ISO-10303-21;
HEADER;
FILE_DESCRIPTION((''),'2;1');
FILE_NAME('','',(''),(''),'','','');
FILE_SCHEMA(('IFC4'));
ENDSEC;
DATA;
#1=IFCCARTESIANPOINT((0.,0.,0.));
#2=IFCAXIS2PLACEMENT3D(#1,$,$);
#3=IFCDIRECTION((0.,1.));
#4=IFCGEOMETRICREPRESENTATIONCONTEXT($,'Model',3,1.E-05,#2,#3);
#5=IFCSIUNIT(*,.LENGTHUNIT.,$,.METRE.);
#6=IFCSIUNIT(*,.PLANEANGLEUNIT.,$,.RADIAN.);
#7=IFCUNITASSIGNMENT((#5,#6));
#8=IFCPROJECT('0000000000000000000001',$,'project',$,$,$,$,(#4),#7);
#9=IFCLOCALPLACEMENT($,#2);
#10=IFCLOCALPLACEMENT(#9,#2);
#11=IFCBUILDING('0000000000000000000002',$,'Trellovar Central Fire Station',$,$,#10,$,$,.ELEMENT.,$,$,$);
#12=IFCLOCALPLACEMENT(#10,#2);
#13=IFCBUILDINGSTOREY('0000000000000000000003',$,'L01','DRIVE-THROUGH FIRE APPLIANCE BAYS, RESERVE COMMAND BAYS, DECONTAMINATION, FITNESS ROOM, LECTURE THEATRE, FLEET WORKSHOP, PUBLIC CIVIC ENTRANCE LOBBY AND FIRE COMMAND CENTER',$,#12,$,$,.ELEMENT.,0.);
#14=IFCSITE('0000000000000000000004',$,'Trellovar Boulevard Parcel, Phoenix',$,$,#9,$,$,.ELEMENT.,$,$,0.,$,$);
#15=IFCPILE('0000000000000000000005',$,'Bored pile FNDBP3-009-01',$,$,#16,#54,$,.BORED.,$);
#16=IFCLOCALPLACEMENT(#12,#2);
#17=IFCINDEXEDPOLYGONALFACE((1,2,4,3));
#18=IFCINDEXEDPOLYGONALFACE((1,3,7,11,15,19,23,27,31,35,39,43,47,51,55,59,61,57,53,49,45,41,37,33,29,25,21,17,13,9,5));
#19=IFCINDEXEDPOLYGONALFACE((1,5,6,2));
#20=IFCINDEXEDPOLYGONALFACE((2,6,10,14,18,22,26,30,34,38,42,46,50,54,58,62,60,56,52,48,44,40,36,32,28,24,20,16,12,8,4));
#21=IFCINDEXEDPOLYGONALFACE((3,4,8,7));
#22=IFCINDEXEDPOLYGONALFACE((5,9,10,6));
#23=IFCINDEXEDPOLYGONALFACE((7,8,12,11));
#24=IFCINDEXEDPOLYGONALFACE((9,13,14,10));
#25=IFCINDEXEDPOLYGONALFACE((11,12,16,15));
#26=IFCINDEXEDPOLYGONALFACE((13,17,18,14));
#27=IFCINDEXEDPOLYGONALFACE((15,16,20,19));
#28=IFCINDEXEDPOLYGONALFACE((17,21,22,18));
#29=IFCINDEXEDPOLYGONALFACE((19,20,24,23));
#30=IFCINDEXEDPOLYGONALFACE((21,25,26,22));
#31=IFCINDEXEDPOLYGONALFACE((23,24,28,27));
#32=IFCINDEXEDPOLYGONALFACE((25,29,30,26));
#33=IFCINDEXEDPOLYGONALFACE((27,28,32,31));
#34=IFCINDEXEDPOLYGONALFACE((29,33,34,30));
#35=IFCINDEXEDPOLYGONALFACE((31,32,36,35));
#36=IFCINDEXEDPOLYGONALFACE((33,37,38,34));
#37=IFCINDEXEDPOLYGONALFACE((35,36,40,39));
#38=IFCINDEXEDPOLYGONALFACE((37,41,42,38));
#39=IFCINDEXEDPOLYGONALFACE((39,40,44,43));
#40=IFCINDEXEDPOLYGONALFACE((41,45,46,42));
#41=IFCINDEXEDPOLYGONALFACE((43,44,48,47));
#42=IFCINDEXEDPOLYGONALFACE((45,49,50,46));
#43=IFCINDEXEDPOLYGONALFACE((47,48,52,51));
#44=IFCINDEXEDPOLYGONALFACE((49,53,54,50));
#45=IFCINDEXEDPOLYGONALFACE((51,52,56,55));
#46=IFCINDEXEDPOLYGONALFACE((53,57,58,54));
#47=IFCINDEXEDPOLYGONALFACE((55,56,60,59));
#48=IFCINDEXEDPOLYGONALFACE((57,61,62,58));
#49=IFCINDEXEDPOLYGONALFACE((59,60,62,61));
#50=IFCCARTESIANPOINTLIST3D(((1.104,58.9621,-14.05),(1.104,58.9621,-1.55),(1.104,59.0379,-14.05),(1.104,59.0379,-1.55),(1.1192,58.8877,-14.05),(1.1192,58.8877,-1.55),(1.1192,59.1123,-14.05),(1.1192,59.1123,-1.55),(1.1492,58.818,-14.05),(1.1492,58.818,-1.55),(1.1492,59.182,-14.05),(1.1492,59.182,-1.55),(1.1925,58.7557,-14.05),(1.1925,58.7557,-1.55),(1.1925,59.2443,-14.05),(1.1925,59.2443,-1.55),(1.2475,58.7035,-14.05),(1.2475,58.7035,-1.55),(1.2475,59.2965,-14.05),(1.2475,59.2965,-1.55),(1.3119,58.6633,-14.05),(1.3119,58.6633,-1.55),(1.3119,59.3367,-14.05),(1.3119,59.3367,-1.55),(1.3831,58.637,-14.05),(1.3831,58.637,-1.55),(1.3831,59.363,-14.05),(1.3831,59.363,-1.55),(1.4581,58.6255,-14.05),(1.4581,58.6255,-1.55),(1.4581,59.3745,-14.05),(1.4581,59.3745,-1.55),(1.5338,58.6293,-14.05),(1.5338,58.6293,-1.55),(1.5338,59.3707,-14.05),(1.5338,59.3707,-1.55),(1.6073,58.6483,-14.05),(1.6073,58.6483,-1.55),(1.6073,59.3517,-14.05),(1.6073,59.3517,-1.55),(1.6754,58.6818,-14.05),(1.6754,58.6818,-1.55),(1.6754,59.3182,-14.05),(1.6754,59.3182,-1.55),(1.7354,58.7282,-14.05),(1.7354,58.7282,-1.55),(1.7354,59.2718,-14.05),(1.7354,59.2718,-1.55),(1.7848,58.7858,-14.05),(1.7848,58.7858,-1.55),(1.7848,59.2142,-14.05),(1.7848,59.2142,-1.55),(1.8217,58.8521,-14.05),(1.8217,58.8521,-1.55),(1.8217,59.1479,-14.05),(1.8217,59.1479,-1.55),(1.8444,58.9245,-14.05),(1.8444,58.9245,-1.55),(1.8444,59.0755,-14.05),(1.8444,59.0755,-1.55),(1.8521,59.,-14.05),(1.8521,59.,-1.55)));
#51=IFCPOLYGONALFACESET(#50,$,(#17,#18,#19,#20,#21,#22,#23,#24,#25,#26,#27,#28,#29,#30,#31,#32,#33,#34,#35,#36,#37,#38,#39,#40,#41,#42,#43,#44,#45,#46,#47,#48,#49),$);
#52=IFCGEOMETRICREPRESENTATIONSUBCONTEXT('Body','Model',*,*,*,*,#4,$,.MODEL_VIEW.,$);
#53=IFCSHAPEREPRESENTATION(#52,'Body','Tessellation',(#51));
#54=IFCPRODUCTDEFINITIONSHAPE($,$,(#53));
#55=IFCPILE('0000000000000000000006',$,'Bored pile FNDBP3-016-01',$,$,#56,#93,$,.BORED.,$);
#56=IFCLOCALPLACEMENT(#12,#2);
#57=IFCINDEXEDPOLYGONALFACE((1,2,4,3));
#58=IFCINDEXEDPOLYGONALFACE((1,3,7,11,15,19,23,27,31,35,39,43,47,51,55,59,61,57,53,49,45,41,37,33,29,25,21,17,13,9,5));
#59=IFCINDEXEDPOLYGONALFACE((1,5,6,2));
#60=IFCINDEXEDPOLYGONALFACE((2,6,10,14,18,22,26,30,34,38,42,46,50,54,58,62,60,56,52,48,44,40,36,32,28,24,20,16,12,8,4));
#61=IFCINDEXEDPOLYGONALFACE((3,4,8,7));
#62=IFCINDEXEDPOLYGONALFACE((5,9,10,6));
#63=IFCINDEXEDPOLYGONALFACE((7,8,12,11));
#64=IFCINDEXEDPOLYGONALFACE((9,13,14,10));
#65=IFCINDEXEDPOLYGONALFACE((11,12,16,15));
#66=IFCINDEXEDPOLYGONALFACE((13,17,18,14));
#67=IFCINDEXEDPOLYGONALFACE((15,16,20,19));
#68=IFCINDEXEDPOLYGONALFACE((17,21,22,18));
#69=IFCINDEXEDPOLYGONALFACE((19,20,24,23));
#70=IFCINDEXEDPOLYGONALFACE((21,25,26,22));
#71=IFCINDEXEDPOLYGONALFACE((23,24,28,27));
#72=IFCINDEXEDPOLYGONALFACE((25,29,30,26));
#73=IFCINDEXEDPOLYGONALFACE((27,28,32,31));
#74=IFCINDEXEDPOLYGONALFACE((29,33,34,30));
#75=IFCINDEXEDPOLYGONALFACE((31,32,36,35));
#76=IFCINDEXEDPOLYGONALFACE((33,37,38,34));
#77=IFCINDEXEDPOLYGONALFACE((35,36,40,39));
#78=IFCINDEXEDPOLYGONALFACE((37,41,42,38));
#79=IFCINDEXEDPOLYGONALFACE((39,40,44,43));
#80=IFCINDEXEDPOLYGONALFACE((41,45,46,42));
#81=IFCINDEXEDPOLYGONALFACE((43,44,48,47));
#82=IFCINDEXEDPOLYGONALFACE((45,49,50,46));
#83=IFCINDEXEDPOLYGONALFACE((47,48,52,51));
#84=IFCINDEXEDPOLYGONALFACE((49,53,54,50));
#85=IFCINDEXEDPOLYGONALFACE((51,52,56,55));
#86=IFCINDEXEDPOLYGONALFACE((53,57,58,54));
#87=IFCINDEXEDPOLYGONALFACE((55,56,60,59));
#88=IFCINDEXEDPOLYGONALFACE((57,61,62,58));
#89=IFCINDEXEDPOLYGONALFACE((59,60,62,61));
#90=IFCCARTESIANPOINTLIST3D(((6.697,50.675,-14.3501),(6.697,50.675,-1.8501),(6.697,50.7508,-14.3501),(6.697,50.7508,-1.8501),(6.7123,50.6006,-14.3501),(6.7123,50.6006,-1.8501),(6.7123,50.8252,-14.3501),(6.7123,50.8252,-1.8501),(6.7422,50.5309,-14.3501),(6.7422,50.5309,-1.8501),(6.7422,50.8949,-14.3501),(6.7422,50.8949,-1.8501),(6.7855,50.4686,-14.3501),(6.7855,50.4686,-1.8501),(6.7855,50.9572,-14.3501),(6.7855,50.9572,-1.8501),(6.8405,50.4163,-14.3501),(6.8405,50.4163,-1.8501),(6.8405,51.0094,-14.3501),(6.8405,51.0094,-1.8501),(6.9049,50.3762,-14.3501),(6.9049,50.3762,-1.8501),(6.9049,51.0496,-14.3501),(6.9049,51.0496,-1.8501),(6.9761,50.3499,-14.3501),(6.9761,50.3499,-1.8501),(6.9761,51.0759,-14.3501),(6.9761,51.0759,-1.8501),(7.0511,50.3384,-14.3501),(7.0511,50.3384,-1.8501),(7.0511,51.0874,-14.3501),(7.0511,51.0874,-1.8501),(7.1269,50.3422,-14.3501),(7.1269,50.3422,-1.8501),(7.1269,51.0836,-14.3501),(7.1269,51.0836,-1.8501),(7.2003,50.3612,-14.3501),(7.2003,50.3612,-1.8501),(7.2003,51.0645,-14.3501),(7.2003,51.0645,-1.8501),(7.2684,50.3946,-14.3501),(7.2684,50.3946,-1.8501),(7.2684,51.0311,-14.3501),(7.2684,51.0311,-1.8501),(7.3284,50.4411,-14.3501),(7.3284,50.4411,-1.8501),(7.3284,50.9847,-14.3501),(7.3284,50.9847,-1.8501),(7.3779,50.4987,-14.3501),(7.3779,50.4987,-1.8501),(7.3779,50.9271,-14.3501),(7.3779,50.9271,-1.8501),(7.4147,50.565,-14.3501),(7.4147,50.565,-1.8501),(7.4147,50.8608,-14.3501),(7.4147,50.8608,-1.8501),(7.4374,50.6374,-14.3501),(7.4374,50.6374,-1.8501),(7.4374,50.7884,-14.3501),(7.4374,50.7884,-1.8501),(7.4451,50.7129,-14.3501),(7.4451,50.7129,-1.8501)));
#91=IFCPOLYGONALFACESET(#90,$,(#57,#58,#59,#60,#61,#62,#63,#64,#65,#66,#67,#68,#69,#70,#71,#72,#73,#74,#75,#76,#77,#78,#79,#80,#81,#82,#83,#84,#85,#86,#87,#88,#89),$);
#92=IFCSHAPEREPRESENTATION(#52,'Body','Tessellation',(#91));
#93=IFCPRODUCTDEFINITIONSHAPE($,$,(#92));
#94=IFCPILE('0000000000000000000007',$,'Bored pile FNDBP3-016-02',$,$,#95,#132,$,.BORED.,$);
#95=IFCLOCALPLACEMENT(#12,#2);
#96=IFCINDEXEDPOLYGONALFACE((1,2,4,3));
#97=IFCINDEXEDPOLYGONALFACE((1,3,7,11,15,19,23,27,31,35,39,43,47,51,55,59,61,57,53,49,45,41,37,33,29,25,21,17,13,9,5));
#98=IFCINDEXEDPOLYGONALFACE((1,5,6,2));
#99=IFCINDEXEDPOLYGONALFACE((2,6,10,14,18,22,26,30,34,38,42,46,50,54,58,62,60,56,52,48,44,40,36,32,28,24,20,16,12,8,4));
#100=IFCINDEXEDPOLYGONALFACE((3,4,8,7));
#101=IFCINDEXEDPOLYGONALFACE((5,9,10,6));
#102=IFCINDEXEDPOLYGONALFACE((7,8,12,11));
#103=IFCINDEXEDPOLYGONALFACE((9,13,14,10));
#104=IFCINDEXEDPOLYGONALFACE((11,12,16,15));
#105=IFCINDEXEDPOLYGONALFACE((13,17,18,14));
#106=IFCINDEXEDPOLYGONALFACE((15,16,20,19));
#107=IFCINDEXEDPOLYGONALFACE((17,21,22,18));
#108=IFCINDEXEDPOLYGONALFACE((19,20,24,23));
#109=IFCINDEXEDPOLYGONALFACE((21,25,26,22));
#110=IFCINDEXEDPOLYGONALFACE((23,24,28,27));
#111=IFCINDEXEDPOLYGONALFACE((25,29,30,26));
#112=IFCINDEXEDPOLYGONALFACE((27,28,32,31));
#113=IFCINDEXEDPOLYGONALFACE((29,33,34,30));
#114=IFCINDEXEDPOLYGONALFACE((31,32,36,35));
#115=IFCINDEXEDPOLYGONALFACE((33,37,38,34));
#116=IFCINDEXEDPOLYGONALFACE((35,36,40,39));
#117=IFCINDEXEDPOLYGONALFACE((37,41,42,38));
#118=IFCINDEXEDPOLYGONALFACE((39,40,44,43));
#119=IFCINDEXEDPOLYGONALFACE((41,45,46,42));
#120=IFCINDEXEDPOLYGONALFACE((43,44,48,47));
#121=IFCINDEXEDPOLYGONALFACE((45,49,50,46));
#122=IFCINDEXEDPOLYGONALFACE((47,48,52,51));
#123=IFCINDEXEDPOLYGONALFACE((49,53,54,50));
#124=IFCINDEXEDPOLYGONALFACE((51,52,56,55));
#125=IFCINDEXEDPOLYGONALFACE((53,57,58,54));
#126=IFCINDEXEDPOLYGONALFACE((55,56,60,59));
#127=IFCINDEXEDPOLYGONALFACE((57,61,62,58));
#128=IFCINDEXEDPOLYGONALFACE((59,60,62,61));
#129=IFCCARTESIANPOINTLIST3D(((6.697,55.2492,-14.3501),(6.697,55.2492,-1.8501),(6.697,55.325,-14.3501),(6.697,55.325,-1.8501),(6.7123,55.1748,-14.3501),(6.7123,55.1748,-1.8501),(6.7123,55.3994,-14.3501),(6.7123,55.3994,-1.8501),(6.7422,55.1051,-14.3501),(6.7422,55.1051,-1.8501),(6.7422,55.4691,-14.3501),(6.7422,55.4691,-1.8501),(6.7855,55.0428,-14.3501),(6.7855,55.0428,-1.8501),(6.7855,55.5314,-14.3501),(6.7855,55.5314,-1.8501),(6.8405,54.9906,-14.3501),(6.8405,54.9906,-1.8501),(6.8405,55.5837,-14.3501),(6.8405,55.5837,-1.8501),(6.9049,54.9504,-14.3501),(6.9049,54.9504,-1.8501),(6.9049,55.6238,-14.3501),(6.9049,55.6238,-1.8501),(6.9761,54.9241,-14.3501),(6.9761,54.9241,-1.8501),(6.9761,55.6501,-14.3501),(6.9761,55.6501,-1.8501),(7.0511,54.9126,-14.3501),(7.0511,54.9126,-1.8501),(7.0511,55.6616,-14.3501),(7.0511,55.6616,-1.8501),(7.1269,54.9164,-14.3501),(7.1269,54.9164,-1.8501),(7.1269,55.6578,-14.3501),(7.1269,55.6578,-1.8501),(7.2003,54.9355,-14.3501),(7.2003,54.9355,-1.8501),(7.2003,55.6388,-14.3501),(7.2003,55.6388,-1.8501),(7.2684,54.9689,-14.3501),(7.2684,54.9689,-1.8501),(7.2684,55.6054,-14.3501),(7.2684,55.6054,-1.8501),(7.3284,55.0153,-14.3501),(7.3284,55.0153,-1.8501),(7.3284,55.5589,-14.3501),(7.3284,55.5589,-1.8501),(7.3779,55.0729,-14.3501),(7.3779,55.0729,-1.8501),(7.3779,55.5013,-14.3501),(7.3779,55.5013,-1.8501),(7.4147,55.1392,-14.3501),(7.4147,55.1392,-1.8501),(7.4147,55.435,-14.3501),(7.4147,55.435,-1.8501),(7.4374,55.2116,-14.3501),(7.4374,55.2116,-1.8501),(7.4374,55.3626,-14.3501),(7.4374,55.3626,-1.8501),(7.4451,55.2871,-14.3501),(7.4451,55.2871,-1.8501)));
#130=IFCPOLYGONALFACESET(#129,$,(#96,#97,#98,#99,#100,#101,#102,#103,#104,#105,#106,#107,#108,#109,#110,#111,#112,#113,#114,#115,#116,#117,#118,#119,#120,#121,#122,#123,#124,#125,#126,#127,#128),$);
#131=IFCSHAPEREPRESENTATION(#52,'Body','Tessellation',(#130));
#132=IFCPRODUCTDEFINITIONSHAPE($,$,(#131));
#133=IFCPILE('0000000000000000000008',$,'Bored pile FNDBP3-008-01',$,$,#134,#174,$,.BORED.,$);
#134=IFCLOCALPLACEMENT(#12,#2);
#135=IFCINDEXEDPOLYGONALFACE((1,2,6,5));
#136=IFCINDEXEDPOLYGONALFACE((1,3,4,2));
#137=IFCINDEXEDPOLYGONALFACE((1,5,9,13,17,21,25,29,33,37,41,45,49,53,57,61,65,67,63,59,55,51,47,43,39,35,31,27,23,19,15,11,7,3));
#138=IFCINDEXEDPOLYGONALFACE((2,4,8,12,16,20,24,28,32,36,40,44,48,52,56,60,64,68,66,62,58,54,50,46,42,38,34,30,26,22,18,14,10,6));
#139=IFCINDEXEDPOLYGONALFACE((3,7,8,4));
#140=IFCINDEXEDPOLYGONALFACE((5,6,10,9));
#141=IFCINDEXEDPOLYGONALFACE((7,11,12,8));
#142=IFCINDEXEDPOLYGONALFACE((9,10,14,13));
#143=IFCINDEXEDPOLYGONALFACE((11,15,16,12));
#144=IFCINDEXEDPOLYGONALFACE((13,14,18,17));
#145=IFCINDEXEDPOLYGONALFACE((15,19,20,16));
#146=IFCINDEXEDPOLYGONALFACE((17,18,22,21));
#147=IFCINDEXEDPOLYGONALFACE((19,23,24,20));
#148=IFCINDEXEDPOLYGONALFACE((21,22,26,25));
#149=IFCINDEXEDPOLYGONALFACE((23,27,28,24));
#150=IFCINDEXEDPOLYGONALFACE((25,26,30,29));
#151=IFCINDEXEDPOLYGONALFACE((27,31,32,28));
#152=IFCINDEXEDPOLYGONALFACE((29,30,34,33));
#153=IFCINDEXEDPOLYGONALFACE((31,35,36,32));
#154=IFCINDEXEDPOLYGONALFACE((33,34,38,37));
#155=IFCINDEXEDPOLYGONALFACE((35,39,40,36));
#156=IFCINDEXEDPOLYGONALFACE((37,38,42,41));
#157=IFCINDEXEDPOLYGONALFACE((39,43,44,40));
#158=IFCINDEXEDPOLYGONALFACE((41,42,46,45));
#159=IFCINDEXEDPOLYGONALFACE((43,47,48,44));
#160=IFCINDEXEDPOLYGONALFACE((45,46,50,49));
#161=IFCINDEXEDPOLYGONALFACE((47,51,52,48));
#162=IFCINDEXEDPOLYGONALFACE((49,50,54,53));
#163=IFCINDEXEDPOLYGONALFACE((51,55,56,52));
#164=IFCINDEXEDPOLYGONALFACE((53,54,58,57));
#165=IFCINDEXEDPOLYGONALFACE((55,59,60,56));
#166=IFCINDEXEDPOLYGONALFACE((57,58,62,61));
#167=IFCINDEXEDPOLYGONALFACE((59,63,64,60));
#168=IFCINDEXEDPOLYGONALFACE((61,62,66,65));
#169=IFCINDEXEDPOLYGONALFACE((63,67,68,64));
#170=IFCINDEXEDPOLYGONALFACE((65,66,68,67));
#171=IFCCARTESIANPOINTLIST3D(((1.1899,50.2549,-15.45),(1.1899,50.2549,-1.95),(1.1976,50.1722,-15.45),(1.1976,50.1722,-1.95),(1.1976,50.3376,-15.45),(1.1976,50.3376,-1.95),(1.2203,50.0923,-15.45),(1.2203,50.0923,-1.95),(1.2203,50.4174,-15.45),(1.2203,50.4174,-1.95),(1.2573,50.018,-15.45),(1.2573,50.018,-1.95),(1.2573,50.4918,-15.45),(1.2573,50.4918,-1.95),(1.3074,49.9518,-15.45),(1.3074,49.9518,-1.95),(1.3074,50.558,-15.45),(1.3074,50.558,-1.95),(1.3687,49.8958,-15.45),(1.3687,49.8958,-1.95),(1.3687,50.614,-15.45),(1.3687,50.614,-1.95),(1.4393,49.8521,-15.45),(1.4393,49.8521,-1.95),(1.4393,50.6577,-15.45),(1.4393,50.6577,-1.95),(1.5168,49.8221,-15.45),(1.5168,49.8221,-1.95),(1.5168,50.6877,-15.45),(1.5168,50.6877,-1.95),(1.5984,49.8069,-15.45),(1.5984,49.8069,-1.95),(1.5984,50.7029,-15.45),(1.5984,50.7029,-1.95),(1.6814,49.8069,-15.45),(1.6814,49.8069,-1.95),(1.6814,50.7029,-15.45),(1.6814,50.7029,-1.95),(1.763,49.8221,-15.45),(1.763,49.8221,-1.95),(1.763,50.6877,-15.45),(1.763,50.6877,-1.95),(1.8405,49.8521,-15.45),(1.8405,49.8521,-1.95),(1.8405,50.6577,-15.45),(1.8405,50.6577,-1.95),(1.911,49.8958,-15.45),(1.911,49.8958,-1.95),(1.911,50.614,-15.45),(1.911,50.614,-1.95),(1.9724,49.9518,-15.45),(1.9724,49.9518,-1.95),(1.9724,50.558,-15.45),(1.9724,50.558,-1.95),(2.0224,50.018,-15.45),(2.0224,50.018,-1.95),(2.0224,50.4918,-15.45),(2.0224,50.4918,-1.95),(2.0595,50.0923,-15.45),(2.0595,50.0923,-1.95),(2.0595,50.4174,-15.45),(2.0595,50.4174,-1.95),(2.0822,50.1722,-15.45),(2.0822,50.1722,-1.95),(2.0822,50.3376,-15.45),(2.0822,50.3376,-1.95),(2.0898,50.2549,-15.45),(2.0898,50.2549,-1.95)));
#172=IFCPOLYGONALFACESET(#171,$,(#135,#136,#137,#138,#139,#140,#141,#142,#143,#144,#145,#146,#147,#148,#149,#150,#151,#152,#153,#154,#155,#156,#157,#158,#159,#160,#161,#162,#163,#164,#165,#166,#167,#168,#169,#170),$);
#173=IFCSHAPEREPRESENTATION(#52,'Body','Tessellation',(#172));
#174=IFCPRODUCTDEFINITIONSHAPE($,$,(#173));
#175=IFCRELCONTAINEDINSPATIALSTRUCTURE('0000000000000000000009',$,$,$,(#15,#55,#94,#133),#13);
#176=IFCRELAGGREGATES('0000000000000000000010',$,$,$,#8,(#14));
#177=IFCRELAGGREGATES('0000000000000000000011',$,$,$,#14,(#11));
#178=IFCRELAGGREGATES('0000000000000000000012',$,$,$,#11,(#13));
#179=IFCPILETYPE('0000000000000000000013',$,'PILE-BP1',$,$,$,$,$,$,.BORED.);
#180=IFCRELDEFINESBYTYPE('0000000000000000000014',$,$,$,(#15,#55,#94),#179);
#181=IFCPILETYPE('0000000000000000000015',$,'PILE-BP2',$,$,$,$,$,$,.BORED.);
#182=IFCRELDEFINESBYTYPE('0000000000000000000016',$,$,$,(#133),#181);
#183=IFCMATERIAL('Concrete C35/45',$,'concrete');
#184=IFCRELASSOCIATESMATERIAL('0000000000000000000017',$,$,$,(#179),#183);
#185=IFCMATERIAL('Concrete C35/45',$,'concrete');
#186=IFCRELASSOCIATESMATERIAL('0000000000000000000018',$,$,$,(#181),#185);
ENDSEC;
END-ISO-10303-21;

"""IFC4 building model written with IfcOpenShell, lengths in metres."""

from ifc_helpers import new_model, si_unit, direction, frame, origin, origin_2d, place, context, subcontext, project, spatial, circle, extrude, material, material_profile, profile_set, type_object, element, save


model = new_model("IFC4")

# Units and contexts
model_context = context("Model", 3, precision=1e-05, world=origin(), true_north=direction((0.0, 1.0)))
body_context = subcontext(model_context, "Body", "Model", "MODEL_VIEW")
ifc_project = project(units=[si_unit("LENGTHUNIT", "METRE"), si_unit("PLANEANGLEUNIT", "RADIAN")], contexts=[model_context])

# Site, building, storey
site_placement = place(None, origin())
site = spatial("IfcSite", under=ifc_project, at=site_placement, Name="Trellovar Boulevard Parcel, Phoenix", CompositionType="ELEMENT", RefElevation=0.0)
building_placement = place(site_placement, origin())
building = spatial("IfcBuilding", under=site, at=building_placement, Name="Trellovar Central Fire Station", CompositionType="ELEMENT")
storey_placement = place(building_placement, origin())
storey = spatial("IfcBuildingStorey", under=building, at=storey_placement, Name="L01", Description="DRIVE-THROUGH FIRE APPLIANCE BAYS, RESERVE COMMAND BAYS, DECONTAMINATION, FITNESS ROOM, LECTURE THEATRE, FLEET WORKSHOP, PUBLIC CIVIC ENTRANCE LOBBY AND FIRE COMMAND CENTER", CompositionType="ELEMENT", Elevation=0.0)

# Piles
ifc_material_1 = material(Name="Concrete C35/45", Category="concrete")
ifc_material_profile_1 = material_profile(ifc_material_1, circle(Radius=0.375, at=origin_2d()), Name="PILE750")
ifc_profile_set_1 = profile_set([ifc_material_profile_1], Name="Concrete C35/45")
pile_type_1 = type_object("IfcPileType", Name="PILE-BP1", PredefinedType="BORED", material=ifc_profile_set_1)
for number, where, z_axis, x_axis, name in (
    (1, (1.4771, 59.0, -1.55), (0.0, 0.0, -1.0), (1.0, 0.0, 0.0), "Bored pile FNDBP3-009-01"),
    (2, (7.0701, 50.7129, -1.8501), (0.0, 0.0, -1.0), (1.0, 0.0, 0.0), "Bored pile FNDBP3-016-01"),
    (3, (7.0701, 55.2871, -1.8501), (0.0, 0.0, -1.0), (1.0, 0.0, 0.0), "Bored pile FNDBP3-016-02"),
):
    element("IfcPile", number, at=place(storey_placement, frame(where, z_axis=z_axis, x_axis=x_axis)), inside=storey, type_object=pile_type_1, Name=name, PredefinedType="BORED", context=body_context, shape_type="SweptSolid", body=[
        extrude(circle(Radius=0.375, at=origin_2d()), origin(), (0.0, 0.0, 1.0), 12.5),
    ])
ifc_material_2 = material(Name="Concrete C35/45", Category="concrete")
ifc_material_profile_2 = material_profile(ifc_material_2, circle(Radius=0.45, at=origin_2d()), Name="PILE900")
ifc_profile_set_2 = profile_set([ifc_material_profile_2], Name="Concrete C35/45")
pile_type_2 = type_object("IfcPileType", Name="PILE-BP2", PredefinedType="BORED", material=ifc_profile_set_2)
for number, where, z_axis, x_axis, name in (
    (4, (1.6399, 50.2549, -1.95), (0.0, 0.0, -1.0), (1.0, 0.0, 0.0), "Bored pile FNDBP3-008-01"),
):
    element("IfcPile", number, at=place(storey_placement, frame(where, z_axis=z_axis, x_axis=x_axis)), inside=storey, type_object=pile_type_2, Name=name, PredefinedType="BORED", context=body_context, shape_type="SweptSolid", body=[
        extrude(circle(Radius=0.45, at=origin_2d()), origin(), (0.0, 0.0, 1.0), 13.5),
    ])

save(model, "model.ifc")
